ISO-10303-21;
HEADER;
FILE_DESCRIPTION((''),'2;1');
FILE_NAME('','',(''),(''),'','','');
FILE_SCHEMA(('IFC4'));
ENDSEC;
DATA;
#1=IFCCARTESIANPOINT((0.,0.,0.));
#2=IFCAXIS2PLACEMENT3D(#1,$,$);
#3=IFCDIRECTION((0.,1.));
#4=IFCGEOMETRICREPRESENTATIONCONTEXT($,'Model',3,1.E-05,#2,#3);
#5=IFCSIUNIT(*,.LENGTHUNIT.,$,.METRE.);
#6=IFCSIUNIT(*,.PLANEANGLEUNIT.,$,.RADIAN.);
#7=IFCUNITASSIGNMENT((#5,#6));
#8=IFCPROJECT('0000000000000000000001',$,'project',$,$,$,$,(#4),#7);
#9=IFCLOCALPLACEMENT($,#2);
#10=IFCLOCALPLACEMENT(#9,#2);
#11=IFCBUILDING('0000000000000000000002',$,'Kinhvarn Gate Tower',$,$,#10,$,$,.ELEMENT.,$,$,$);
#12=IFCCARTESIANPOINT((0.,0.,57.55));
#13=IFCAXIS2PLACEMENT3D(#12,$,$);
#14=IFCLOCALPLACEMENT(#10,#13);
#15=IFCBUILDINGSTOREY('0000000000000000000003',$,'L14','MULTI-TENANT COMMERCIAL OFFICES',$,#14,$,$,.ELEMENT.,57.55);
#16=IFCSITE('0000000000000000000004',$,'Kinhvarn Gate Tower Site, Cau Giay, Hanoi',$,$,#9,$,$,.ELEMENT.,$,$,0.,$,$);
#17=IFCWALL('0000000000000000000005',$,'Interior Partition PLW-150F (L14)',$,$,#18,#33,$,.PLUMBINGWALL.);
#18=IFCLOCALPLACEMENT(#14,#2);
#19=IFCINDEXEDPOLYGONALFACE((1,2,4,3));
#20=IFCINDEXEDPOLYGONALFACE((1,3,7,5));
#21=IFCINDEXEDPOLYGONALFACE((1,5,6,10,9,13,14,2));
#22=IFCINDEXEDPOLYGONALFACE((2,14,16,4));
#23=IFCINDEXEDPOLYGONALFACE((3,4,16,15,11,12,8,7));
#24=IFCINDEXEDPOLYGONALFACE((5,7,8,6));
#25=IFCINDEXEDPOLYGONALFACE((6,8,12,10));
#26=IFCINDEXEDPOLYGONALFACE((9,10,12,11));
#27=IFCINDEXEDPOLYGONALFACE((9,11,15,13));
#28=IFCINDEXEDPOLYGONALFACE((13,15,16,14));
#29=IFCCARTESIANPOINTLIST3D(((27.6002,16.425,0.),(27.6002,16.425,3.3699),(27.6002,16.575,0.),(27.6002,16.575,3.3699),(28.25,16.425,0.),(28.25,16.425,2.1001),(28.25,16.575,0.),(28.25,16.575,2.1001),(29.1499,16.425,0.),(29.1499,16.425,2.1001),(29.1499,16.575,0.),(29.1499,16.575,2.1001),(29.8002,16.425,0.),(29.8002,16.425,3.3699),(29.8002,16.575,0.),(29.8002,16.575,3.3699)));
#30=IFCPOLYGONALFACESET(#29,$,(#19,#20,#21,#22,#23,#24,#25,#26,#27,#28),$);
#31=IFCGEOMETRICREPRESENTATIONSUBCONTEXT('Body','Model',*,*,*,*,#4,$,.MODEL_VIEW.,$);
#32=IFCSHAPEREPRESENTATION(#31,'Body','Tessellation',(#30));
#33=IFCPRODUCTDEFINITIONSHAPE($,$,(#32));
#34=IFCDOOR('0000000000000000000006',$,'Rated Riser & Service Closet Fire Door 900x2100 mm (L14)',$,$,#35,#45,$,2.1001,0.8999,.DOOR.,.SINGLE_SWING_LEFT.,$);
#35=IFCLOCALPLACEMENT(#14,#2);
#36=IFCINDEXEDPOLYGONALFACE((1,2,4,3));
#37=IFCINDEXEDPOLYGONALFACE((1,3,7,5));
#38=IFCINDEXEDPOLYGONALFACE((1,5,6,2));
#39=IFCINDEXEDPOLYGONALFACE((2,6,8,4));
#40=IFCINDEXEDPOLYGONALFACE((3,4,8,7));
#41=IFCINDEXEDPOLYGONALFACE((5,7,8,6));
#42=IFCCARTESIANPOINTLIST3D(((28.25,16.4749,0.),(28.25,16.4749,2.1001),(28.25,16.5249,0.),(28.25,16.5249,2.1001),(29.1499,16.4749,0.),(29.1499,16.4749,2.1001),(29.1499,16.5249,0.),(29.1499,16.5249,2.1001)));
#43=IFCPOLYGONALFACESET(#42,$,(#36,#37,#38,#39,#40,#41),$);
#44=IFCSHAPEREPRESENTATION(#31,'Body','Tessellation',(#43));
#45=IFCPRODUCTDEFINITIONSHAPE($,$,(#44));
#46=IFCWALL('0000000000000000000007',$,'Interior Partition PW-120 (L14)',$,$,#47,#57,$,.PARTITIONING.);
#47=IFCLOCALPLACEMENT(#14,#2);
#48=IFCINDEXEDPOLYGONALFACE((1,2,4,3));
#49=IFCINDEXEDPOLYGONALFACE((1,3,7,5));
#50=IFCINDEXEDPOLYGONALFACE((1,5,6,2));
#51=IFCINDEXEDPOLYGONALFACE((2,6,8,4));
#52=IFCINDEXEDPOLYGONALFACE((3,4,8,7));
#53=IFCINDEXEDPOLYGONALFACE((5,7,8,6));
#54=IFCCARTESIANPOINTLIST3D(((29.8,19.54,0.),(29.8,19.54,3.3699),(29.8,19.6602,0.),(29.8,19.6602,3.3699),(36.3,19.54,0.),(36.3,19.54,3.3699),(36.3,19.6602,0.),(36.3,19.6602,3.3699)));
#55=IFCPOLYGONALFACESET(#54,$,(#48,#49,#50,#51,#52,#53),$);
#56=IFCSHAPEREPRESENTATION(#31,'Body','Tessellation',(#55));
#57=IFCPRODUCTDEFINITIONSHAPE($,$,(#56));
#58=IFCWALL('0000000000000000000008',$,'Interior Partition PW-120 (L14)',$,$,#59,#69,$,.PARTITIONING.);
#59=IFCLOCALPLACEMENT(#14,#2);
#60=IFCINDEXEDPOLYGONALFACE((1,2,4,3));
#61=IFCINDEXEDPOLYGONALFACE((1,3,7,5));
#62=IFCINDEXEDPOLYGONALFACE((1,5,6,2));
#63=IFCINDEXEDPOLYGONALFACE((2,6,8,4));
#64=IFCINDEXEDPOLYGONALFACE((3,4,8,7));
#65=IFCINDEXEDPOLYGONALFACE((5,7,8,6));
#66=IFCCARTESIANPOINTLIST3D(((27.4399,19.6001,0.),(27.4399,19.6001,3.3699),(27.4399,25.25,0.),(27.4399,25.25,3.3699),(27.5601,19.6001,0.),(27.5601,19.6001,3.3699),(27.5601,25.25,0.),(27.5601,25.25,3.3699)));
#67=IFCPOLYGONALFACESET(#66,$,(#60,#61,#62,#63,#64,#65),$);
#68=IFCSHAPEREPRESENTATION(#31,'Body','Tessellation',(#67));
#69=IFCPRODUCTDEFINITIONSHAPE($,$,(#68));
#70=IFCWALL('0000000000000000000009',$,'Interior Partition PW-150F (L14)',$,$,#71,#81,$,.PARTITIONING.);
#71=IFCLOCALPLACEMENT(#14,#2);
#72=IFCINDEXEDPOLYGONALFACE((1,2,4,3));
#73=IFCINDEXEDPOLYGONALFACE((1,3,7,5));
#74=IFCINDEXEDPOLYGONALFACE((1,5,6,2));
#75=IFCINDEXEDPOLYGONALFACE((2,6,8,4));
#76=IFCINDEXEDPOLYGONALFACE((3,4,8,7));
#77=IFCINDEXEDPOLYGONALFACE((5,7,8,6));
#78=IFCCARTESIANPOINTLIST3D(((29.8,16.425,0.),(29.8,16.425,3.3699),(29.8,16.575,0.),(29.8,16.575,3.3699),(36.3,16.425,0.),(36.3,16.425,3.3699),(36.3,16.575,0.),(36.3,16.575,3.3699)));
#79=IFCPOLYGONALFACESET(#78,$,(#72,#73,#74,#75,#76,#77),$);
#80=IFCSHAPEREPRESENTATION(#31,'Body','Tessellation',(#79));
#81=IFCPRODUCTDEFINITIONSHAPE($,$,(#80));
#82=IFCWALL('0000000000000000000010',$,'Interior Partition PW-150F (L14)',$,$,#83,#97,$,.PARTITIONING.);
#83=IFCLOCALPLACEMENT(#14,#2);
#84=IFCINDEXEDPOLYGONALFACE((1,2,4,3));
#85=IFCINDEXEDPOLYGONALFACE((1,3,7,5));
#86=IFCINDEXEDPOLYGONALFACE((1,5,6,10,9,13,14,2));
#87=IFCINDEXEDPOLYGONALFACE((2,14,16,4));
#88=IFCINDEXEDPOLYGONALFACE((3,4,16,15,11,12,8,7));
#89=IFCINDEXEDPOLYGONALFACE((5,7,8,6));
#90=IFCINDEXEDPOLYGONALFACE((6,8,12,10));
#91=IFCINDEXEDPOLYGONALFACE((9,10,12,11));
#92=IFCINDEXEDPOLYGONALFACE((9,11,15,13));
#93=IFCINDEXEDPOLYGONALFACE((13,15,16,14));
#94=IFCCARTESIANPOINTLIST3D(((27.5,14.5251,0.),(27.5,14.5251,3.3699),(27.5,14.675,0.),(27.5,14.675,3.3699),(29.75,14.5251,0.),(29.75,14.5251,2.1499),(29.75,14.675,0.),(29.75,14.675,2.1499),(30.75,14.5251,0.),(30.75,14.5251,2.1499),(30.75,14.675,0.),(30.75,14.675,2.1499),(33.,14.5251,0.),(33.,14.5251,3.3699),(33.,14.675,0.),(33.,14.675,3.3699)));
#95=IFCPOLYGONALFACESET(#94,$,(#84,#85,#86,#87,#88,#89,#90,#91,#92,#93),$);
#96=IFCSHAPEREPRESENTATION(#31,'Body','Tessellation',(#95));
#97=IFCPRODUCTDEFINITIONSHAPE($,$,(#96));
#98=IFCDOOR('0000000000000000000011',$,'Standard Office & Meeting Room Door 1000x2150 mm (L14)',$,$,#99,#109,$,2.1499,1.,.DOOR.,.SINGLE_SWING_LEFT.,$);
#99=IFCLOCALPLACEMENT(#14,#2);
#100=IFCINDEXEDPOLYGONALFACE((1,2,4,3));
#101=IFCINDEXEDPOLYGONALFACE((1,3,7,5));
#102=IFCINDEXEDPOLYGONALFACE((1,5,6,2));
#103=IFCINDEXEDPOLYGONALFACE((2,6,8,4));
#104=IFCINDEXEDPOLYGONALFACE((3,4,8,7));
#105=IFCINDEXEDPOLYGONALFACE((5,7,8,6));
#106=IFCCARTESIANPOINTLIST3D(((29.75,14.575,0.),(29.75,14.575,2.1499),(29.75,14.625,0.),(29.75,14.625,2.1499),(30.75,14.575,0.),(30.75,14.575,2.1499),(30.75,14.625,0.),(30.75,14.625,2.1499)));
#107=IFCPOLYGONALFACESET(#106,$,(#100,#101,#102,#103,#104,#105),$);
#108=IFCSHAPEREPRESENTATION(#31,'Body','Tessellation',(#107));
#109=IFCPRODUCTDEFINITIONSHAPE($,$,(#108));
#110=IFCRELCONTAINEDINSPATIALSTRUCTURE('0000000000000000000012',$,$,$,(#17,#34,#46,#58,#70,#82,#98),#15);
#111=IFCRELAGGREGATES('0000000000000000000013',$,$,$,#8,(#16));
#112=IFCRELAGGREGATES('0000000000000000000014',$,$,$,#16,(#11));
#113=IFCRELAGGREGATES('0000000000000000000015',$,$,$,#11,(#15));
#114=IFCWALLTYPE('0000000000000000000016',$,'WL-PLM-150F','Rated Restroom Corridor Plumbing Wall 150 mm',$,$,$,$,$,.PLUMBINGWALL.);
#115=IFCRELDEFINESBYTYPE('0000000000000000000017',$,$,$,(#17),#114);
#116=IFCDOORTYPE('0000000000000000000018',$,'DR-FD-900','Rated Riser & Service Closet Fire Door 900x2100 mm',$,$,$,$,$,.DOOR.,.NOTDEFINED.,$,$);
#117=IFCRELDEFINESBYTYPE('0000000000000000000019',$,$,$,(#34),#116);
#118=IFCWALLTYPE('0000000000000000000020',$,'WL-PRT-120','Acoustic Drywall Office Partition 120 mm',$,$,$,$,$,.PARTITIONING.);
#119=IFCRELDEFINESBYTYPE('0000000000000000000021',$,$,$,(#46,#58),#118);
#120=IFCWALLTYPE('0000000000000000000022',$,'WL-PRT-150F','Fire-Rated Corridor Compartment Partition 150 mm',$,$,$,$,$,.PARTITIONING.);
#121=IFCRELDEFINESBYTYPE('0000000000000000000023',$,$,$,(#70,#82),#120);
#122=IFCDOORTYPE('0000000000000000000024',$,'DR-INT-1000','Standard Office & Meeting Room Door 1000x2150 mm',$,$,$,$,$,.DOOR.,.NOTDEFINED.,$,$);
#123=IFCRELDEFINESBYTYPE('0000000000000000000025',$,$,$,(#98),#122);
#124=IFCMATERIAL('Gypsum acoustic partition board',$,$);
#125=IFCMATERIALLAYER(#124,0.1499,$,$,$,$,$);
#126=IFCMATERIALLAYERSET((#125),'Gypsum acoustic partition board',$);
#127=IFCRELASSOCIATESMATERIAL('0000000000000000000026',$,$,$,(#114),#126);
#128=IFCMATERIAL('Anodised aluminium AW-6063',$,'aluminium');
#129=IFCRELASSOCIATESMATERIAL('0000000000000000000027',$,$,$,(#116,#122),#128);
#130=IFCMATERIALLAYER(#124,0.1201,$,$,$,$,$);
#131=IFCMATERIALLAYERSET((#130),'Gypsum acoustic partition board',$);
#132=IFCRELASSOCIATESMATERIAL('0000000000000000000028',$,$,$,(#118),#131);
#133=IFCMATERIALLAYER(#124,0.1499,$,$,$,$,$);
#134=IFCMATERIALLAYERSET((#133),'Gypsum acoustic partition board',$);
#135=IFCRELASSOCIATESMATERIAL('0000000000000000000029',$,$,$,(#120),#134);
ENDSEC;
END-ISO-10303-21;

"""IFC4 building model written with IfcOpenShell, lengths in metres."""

from ifc_helpers import new_model, si_unit, direction, frame, frame_2d, origin, place, context, subcontext, project, spatial, rectangle, extrude, material, layer, layer_set, type_object, element, fill, save


model = new_model("IFC4")

# Units and contexts
model_context = context("Model", 3, precision=1e-05, world=origin(), true_north=direction((0.0, 1.0)))
body_context = subcontext(model_context, "Body", "Model", "MODEL_VIEW")
ifc_project = project(units=[si_unit("LENGTHUNIT", "METRE"), si_unit("PLANEANGLEUNIT", "RADIAN")], contexts=[model_context])

# Site, building, storey
site_placement = place(None, origin())
site = spatial("IfcSite", under=ifc_project, at=site_placement, Name="Kinhvarn Gate Tower Site, Cau Giay, Hanoi", CompositionType="ELEMENT", RefElevation=0.0)
building_placement = place(site_placement, origin())
building = spatial("IfcBuilding", under=site, at=building_placement, Name="Kinhvarn Gate Tower", CompositionType="ELEMENT")
storey_placement = place(building_placement, frame((0.0, 0.0, 57.55)))
storey = spatial("IfcBuildingStorey", under=building, at=storey_placement, Name="L14", Description="MULTI-TENANT COMMERCIAL OFFICES", CompositionType="ELEMENT", Elevation=57.55)

# Shared definitions
ifc_material_1 = material(Name="Gypsum acoustic partition board")

# Wall, opening, door
ifc_layer_1 = layer(ifc_material_1, 0.1499)
ifc_layer_set_1 = layer_set([ifc_layer_1], Name="Gypsum acoustic partition board")
wall_type_1 = type_object("IfcWallType", Name="WL-PLM-150F", Description="Rated Restroom Corridor Plumbing Wall 150 mm", PredefinedType="PLUMBINGWALL", material=ifc_layer_set_1)
wall_1_placement = place(storey_placement, frame((27.6001, 16.5, 0.0), z_axis=(0.0, 0.0, 1.0), x_axis=(1.0, 0.0, 0.0)))
wall_1 = element("IfcWall", 1, at=wall_1_placement, inside=storey, type_object=wall_type_1, Name="Interior Partition PLW-150F (L14)", PredefinedType="PLUMBINGWALL", context=body_context, shape_type="SweptSolid", body=[
    extrude(rectangle(XDim=2.2, YDim=0.1499, at=frame_2d((1.1001, 0.0))), origin(), (0.0, 0.0, 1.0), 3.3699),
])
opening_1_placement = place(wall_1_placement, frame((0.6499, 0.0, 0.0)))
opening_1 = element("IfcOpeningElement", 2, at=opening_1_placement, cuts=wall_1, PredefinedType="OPENING", context=body_context, shape_type="SweptSolid", body=[
    extrude(rectangle(XDim=0.8999, YDim=2.1001, at=frame_2d((0.45, 1.05))), frame((0.0, 0.085, 0.0), z_axis=(0.0, -1.0, 0.0), x_axis=(1.0, 0.0, 0.0)), (0.0, 0.0, 1.0), 0.1699),
])
ifc_material_2 = material(Name="Anodised aluminium AW-6063", Category="aluminium")
door_type_1 = type_object("IfcDoorType", Name="DR-FD-900", Description="Rated Riser & Service Closet Fire Door 900x2100 mm", OperationType="NOTDEFINED", PredefinedType="DOOR", material=ifc_material_2)
door_1_placement = place(opening_1_placement, origin())
door_1 = element("IfcDoor", 3, at=door_1_placement, inside=storey, type_object=door_type_1, Name="Rated Riser & Service Closet Fire Door 900x2100 mm (L14)", OperationType="SINGLE_SWING_LEFT", OverallHeight=2.1001, OverallWidth=0.8999, PredefinedType="DOOR", context=body_context, shape_type="SweptSolid", body=[
    extrude(rectangle(XDim=0.8999, YDim=2.1001, at=frame_2d((0.45, 1.05))), frame((0.0, 0.0249, 0.0), z_axis=(0.0, -1.0, 0.0), x_axis=(1.0, 0.0, 0.0)), (0.0, 0.0, 1.0), 0.05),
])
fill(opening_1, door_1)

# Walls
ifc_layer_2 = layer(ifc_material_1, 0.1201)
ifc_layer_set_2 = layer_set([ifc_layer_2], Name="Gypsum acoustic partition board")
wall_type_2 = type_object("IfcWallType", Name="WL-PRT-120", Description="Acoustic Drywall Office Partition 120 mm", PredefinedType="PARTITIONING", material=ifc_layer_set_2)
wall_2_placement = place(storey_placement, frame((29.8, 19.6001, 0.0), z_axis=(0.0, 0.0, 1.0), x_axis=(1.0, 0.0, 0.0)))
element("IfcWall", 4, at=wall_2_placement, inside=storey, type_object=wall_type_2, Name="Interior Partition PW-120 (L14)", PredefinedType="PARTITIONING", context=body_context, shape_type="SweptSolid", body=[
    extrude(rectangle(XDim=6.5, YDim=0.1201, at=frame_2d((3.25, 0.0))), origin(), (0.0, 0.0, 1.0), 3.3699),
])
wall_3_placement = place(storey_placement, frame((27.5, 19.6001, 0.0), z_axis=(0.0, 0.0, 1.0), x_axis=(0.0, 1.0, 0.0)))
element("IfcWall", 5, at=wall_3_placement, inside=storey, type_object=wall_type_2, Name="Interior Partition PW-120 (L14)", PredefinedType="PARTITIONING", context=body_context, shape_type="SweptSolid", body=[
    extrude(rectangle(XDim=5.6499, YDim=0.1201, at=frame_2d((2.825, 0.0))), origin(), (0.0, 0.0, 1.0), 3.3699),
])
ifc_layer_3 = layer(ifc_material_1, 0.1499)
ifc_layer_set_3 = layer_set([ifc_layer_3], Name="Gypsum acoustic partition board")
wall_type_3 = type_object("IfcWallType", Name="WL-PRT-150F", Description="Fire-Rated Corridor Compartment Partition 150 mm", PredefinedType="PARTITIONING", material=ifc_layer_set_3)
wall_4_placement = place(storey_placement, frame((29.8, 16.5, 0.0), z_axis=(0.0, 0.0, 1.0), x_axis=(1.0, 0.0, 0.0)))
element("IfcWall", 6, at=wall_4_placement, inside=storey, type_object=wall_type_3, Name="Interior Partition PW-150F (L14)", PredefinedType="PARTITIONING", context=body_context, shape_type="SweptSolid", body=[
    extrude(rectangle(XDim=6.5, YDim=0.1499, at=frame_2d((3.25, 0.0))), origin(), (0.0, 0.0, 1.0), 3.3699),
])

# Wall, opening, door
wall_5_placement = place(storey_placement, frame((27.5, 14.6001, 0.0), z_axis=(0.0, 0.0, 1.0), x_axis=(1.0, 0.0, 0.0)))
wall_5 = element("IfcWall", 7, at=wall_5_placement, inside=storey, type_object=wall_type_3, Name="Interior Partition PW-150F (L14)", PredefinedType="PARTITIONING", context=body_context, shape_type="SweptSolid", body=[
    extrude(rectangle(XDim=5.5, YDim=0.1499, at=frame_2d((2.75, 0.0))), origin(), (0.0, 0.0, 1.0), 3.3699),
])
opening_2_placement = place(wall_5_placement, frame((2.25, 0.0, 0.0)))
opening_2 = element("IfcOpeningElement", 8, at=opening_2_placement, cuts=wall_5, PredefinedType="OPENING", context=body_context, shape_type="SweptSolid", body=[
    extrude(rectangle(XDim=1.0, YDim=2.1499, at=frame_2d((0.5, 1.075))), frame((0.0, 0.085, 0.0), z_axis=(0.0, -1.0, 0.0), x_axis=(1.0, 0.0, 0.0)), (0.0, 0.0, 1.0), 0.1699),
])
door_type_2 = type_object("IfcDoorType", Name="DR-INT-1000", Description="Standard Office & Meeting Room Door 1000x2150 mm", OperationType="NOTDEFINED", PredefinedType="DOOR", material=ifc_material_2)
door_2_placement = place(opening_2_placement, origin())
door_2 = element("IfcDoor", 9, at=door_2_placement, inside=storey, type_object=door_type_2, Name="Standard Office & Meeting Room Door 1000x2150 mm (L14)", OperationType="SINGLE_SWING_LEFT", OverallHeight=2.1499, OverallWidth=1.0, PredefinedType="DOOR", context=body_context, shape_type="SweptSolid", body=[
    extrude(rectangle(XDim=1.0, YDim=2.1499, at=frame_2d((0.5, 1.075))), frame((0.0, 0.0249, 0.0), z_axis=(0.0, -1.0, 0.0), x_axis=(1.0, 0.0, 0.0)), (0.0, 0.0, 1.0), 0.05),
])
fill(opening_2, door_2)

save(model, "model.ifc")
